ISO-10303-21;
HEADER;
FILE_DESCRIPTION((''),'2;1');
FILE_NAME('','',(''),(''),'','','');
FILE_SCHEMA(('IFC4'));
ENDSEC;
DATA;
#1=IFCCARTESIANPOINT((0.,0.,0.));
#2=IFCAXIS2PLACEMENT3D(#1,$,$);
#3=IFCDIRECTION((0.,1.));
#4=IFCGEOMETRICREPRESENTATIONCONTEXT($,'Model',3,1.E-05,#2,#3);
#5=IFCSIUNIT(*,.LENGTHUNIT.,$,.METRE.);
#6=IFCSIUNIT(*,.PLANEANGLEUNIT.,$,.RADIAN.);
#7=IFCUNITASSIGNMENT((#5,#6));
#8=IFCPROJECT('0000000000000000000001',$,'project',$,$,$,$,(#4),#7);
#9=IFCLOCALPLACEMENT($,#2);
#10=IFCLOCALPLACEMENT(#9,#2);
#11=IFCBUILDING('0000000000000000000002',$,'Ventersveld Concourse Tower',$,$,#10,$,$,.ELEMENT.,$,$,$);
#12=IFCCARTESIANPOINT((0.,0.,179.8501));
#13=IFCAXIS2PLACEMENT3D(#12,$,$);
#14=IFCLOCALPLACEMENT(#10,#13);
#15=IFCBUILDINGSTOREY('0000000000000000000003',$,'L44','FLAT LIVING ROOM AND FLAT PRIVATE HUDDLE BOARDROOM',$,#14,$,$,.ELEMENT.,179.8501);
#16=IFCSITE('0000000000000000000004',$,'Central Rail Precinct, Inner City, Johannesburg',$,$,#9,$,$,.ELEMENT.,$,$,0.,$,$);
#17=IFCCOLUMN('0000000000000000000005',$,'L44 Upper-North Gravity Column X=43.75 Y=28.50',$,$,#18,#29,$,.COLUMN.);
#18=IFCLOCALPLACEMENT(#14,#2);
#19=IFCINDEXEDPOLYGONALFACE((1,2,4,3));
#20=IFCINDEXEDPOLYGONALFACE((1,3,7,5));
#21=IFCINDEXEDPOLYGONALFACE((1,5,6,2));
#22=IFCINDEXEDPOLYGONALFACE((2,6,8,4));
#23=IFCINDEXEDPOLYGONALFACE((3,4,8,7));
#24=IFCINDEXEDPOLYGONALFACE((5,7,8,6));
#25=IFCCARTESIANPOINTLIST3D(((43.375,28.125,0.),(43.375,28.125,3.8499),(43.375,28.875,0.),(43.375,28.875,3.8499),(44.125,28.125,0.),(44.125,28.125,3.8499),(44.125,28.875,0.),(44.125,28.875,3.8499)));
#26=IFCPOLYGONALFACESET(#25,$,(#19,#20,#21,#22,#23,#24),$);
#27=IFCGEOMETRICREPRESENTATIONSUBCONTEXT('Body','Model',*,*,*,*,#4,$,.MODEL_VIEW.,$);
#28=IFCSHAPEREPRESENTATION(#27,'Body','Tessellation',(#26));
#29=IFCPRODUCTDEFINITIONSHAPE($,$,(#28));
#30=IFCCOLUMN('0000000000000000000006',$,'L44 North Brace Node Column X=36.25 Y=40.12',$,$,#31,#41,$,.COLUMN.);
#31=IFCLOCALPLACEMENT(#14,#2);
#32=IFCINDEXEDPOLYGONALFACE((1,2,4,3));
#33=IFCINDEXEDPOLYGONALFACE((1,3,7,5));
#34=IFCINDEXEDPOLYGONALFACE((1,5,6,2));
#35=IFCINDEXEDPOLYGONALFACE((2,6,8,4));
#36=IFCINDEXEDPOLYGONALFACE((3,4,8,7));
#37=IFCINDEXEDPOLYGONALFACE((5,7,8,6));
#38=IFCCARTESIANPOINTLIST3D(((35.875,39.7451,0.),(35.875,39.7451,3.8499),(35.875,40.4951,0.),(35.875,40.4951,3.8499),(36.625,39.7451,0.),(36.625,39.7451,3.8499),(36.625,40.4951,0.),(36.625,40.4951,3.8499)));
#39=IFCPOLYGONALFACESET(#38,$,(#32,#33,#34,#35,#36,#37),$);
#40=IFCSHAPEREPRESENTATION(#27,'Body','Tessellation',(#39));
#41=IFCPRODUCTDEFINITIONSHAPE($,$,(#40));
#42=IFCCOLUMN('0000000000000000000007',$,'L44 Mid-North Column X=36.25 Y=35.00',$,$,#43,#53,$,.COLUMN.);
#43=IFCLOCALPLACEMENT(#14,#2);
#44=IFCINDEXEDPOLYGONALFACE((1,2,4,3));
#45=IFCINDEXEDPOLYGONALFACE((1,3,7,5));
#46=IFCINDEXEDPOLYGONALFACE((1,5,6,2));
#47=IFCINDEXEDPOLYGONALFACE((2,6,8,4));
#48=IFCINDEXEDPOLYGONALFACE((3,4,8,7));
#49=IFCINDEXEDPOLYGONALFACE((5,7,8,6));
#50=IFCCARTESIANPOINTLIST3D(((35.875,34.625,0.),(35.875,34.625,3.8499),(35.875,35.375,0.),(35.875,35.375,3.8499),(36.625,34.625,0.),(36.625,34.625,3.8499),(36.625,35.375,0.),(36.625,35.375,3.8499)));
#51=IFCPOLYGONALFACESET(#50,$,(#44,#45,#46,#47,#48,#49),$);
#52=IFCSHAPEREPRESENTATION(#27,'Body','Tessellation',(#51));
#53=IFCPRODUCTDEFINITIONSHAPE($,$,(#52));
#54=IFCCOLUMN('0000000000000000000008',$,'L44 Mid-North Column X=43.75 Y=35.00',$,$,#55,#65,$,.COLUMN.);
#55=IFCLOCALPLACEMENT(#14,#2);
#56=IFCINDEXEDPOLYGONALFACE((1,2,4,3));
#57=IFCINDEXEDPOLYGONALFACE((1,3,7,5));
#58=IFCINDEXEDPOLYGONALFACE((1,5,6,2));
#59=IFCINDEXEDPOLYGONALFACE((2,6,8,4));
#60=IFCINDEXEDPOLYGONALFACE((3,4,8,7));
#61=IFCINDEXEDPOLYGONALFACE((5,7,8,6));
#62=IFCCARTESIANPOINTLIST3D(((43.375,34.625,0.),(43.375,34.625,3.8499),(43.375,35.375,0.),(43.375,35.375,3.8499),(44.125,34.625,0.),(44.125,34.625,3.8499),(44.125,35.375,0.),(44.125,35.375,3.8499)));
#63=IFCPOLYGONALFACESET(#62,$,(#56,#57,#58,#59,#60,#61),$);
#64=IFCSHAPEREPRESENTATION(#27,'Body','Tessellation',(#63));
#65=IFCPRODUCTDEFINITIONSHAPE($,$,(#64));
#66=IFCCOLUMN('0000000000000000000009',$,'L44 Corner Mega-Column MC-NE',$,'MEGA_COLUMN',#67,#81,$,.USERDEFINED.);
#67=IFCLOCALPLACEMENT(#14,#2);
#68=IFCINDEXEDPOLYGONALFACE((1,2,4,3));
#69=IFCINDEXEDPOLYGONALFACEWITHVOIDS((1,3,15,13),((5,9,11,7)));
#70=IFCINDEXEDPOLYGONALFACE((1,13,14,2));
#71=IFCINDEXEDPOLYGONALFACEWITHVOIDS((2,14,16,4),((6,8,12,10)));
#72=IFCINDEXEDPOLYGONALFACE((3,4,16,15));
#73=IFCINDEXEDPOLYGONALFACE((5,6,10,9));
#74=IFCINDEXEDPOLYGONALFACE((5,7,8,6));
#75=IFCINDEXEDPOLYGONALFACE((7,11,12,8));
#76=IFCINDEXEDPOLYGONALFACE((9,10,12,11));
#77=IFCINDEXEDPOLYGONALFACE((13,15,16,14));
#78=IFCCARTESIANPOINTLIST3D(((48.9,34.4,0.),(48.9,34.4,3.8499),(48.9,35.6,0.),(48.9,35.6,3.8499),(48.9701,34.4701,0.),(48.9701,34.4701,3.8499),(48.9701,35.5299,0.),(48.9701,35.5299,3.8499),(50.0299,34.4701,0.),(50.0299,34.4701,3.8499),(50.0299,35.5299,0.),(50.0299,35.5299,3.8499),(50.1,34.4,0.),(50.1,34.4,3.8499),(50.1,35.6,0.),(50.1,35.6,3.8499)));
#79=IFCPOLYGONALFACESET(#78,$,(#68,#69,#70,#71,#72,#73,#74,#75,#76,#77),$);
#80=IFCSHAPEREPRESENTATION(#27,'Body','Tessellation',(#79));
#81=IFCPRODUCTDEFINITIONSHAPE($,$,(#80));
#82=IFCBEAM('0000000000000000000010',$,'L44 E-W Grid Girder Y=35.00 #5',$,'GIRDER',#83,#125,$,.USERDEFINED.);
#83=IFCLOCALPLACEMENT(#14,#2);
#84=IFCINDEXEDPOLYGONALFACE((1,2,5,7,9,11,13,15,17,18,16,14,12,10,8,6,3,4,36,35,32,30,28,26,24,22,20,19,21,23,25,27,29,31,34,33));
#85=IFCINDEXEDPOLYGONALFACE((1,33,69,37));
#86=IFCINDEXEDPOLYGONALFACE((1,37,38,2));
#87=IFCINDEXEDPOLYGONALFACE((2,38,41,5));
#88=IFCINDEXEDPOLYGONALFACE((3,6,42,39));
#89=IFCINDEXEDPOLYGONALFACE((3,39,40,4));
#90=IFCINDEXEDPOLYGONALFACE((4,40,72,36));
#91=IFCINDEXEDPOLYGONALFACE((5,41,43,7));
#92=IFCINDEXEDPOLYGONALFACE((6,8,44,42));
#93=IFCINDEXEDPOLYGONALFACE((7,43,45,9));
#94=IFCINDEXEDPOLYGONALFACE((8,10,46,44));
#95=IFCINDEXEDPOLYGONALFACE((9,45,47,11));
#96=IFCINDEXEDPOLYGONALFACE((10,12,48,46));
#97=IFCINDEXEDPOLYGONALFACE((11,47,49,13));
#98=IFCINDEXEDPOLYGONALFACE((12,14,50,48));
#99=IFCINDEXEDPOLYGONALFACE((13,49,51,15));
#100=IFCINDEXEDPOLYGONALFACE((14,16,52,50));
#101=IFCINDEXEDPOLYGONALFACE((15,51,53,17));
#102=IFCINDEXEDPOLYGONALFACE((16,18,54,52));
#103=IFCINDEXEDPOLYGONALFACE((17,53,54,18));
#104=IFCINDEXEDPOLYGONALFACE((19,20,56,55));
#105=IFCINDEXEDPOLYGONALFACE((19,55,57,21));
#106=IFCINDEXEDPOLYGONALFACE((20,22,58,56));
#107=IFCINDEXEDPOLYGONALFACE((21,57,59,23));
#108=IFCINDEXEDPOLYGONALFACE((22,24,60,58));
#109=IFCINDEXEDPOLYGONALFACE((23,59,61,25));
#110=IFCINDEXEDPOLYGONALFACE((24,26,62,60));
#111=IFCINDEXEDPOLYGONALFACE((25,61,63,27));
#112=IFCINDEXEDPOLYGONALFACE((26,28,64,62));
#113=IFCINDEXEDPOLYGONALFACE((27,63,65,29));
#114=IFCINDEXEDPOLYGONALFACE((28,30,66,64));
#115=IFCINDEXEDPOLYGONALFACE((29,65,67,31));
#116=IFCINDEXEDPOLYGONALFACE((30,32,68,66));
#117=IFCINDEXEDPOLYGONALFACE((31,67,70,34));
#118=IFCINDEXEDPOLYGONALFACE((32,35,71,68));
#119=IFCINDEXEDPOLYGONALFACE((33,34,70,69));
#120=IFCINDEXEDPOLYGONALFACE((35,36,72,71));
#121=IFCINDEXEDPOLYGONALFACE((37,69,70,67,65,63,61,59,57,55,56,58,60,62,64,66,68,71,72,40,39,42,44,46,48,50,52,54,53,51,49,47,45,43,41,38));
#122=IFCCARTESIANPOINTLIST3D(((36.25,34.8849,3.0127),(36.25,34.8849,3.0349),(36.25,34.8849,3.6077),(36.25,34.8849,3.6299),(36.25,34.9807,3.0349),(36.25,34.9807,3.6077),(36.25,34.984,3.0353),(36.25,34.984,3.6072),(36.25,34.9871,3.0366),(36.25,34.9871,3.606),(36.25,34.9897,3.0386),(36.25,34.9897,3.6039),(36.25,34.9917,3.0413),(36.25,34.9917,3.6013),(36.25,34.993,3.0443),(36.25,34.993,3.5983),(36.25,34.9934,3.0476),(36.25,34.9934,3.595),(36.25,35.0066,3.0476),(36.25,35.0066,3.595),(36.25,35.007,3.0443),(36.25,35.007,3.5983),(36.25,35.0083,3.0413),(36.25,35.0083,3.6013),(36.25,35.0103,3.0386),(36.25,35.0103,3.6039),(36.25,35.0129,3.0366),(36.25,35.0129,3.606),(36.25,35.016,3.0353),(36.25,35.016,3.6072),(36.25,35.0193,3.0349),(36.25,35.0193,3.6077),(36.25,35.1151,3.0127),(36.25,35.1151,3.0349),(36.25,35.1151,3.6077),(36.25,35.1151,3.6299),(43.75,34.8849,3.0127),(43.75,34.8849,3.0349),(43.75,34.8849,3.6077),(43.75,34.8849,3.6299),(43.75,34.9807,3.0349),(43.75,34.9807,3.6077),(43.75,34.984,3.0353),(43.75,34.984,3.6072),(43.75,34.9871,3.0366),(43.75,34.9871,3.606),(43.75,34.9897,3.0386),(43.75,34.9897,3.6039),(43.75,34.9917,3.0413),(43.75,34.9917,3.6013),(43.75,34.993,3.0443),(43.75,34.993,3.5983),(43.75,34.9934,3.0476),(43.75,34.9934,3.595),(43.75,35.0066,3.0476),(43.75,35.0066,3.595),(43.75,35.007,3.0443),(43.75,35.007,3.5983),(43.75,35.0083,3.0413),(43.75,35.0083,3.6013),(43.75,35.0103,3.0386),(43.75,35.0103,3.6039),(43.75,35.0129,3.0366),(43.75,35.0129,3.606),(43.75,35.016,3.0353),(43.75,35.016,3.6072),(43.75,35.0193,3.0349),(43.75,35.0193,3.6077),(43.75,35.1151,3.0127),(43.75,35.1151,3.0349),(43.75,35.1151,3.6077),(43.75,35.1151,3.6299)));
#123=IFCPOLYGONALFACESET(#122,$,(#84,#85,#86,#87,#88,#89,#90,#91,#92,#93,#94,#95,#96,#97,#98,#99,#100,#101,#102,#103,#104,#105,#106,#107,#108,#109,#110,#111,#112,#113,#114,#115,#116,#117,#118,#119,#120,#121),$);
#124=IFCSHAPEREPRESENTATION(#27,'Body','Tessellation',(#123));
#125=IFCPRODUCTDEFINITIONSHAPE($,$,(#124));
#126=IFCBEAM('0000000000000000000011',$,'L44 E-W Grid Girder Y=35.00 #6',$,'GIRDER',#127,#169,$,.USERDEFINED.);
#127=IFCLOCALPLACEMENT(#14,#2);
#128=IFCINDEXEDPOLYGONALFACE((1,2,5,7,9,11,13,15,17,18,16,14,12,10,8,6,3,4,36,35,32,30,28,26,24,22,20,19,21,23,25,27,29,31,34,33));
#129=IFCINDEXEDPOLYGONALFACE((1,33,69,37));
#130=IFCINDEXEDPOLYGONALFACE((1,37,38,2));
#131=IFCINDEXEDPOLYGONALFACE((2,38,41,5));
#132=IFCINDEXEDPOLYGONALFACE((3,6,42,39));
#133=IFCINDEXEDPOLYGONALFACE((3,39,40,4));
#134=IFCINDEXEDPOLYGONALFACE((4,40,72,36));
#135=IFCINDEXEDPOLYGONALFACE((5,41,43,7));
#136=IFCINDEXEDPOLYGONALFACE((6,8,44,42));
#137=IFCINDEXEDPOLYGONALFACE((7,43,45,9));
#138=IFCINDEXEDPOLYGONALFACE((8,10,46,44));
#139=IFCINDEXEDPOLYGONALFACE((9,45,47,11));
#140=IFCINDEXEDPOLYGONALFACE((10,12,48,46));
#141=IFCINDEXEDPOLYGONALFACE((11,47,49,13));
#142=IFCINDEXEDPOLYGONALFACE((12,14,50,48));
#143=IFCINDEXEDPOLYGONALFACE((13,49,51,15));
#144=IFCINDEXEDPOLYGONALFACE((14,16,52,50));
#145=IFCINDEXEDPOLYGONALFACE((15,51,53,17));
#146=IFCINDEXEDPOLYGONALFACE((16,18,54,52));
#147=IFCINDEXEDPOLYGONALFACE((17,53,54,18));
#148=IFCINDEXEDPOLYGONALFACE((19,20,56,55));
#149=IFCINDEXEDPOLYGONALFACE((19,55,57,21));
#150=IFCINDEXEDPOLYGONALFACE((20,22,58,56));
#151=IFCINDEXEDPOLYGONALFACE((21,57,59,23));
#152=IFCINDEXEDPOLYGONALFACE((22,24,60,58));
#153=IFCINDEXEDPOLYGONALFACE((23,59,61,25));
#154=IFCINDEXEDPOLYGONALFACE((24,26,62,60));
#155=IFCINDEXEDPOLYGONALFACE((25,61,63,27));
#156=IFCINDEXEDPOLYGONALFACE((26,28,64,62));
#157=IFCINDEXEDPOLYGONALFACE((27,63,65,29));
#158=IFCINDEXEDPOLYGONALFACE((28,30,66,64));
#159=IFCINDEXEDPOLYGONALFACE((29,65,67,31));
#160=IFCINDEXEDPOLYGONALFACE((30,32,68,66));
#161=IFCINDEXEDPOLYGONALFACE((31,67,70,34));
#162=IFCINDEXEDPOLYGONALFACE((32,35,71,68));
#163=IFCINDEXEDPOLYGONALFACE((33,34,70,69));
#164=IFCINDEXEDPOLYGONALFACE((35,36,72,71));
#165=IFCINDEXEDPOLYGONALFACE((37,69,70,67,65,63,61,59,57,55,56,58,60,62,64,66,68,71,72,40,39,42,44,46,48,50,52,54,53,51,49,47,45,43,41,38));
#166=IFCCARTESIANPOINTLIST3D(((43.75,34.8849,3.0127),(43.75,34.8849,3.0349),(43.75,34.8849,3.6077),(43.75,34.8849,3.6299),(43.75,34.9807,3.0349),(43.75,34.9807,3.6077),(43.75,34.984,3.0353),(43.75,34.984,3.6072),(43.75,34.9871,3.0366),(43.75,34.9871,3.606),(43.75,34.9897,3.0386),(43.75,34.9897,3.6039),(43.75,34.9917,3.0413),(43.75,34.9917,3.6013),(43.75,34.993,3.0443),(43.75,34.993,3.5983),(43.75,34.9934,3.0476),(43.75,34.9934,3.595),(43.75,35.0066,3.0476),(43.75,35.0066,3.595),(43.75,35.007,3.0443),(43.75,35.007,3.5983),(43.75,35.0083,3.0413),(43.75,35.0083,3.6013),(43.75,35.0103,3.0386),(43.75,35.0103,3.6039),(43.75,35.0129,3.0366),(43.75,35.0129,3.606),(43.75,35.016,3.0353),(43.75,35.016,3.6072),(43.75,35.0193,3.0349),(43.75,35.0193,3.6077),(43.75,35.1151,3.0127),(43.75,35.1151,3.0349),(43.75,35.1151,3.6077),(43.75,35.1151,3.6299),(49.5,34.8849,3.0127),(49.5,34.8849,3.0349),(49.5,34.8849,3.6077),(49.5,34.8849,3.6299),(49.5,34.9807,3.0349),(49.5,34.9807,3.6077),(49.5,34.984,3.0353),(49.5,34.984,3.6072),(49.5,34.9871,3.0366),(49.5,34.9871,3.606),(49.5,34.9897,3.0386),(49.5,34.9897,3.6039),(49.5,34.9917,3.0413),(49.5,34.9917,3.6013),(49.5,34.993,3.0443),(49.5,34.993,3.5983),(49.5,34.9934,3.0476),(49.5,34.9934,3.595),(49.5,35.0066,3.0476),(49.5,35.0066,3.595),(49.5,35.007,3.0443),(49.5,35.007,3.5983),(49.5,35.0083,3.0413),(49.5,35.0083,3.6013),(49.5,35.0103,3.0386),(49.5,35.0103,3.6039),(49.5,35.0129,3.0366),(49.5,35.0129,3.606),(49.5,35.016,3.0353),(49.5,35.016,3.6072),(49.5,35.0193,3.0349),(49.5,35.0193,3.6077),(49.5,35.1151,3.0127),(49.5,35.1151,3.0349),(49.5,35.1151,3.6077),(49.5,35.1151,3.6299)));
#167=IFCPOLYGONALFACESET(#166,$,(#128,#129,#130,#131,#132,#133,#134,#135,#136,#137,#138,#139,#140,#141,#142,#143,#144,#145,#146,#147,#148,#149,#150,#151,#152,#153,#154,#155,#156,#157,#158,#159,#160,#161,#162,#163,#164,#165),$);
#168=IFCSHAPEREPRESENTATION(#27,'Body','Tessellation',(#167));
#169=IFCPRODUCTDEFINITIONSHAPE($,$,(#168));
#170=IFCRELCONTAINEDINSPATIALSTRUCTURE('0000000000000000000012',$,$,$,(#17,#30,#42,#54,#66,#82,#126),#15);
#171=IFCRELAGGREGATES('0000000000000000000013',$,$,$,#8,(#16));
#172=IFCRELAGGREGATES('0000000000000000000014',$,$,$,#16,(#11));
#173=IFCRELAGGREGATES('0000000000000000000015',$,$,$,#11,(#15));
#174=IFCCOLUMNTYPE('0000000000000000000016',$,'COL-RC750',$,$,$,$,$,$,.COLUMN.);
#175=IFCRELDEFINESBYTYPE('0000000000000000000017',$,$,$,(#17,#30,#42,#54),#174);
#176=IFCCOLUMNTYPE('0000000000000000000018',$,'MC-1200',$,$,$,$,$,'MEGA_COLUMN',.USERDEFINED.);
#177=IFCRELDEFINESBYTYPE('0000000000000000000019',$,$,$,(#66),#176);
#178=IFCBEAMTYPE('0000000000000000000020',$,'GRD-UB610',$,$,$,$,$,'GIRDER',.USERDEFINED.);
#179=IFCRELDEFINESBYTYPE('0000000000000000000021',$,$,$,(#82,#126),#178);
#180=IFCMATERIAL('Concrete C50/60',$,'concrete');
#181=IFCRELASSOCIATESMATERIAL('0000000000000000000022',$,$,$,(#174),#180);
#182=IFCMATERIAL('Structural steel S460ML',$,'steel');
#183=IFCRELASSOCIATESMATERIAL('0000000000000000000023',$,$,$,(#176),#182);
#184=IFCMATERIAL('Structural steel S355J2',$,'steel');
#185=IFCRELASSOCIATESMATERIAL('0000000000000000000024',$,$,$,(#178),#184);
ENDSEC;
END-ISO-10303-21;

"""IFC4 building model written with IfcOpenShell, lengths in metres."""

from ifc_helpers import new_model, si_unit, direction, frame, origin, origin_2d, place, context, subcontext, project, spatial, rectangle, hollow_rectangle, i_section, extrude, material, material_profile, profile_set, type_object, element, save


model = new_model("IFC4")

# Units and contexts
model_context = context("Model", 3, precision=1e-05, world=origin(), true_north=direction((0.0, 1.0)))
body_context = subcontext(model_context, "Body", "Model", "MODEL_VIEW")
ifc_project = project(units=[si_unit("LENGTHUNIT", "METRE"), si_unit("PLANEANGLEUNIT", "RADIAN")], contexts=[model_context])

# Site, building, storey
site_placement = place(None, origin())
site = spatial("IfcSite", under=ifc_project, at=site_placement, Name="Central Rail Precinct, Inner City, Johannesburg", CompositionType="ELEMENT", RefElevation=0.0)
building_placement = place(site_placement, origin())
building = spatial("IfcBuilding", under=site, at=building_placement, Name="Ventersveld Concourse Tower", CompositionType="ELEMENT")
storey_placement = place(building_placement, frame((0.0, 0.0, 179.8501)))
storey = spatial("IfcBuildingStorey", under=building, at=storey_placement, Name="L44", Description="FLAT LIVING ROOM AND FLAT PRIVATE HUDDLE BOARDROOM", CompositionType="ELEMENT", Elevation=179.8501)

# Columns
ifc_material_1 = material(Name="Concrete C50/60", Category="concrete")
ifc_material_profile_1 = material_profile(ifc_material_1, rectangle(XDim=0.75, YDim=0.75, at=origin_2d()), Name="RC 750x750")
ifc_profile_set_1 = profile_set([ifc_material_profile_1], Name="Concrete C50/60")
column_type_1 = type_object("IfcColumnType", Name="COL-RC750", PredefinedType="COLUMN", material=ifc_profile_set_1)
for number, where, z_axis, x_axis, name in (
    (1, (43.75, 28.5, 0.0), (0.0, 0.0, 1.0), (1.0, 0.0, 0.0), "L44 Upper-North Gravity Column X=43.75 Y=28.50"),
    (2, (36.25, 40.1201, 0.0), (0.0, 0.0, 1.0), (1.0, 0.0, 0.0), "L44 North Brace Node Column X=36.25 Y=40.12"),
    (3, (36.25, 35.0, 0.0), (0.0, 0.0, 1.0), (1.0, 0.0, 0.0), "L44 Mid-North Column X=36.25 Y=35.00"),
    (4, (43.75, 35.0, 0.0), (0.0, 0.0, 1.0), (1.0, 0.0, 0.0), "L44 Mid-North Column X=43.75 Y=35.00"),
):
    element("IfcColumn", number, at=place(storey_placement, frame(where, z_axis=z_axis, x_axis=x_axis)), inside=storey, type_object=column_type_1, Name=name, PredefinedType="COLUMN", context=body_context, shape_type="SweptSolid", body=[
        extrude(rectangle(XDim=0.75, YDim=0.75, at=origin_2d()), origin(), (0.0, 0.0, 1.0), 3.8499),
    ])
ifc_material_2 = material(Name="Structural steel S460ML", Category="steel")
ifc_material_profile_2 = material_profile(ifc_material_2, hollow_rectangle(XDim=1.2, YDim=1.2, WallThickness=0.0701, at=origin_2d()), Name="BOX 1200x1200x70")
ifc_profile_set_2 = profile_set([ifc_material_profile_2], Name="Structural steel S460ML")
column_type_2 = type_object("IfcColumnType", Name="MC-1200", ElementType="MEGA_COLUMN", PredefinedType="USERDEFINED", material=ifc_profile_set_2)
column_placement = place(storey_placement, frame((49.5, 35.0, 0.0), z_axis=(0.0, 0.0, 1.0), x_axis=(1.0, 0.0, 0.0)))
element("IfcColumn", 5, at=column_placement, inside=storey, type_object=column_type_2, Name="L44 Corner Mega-Column MC-NE", ObjectType="MEGA_COLUMN", PredefinedType="USERDEFINED", context=body_context, shape_type="SweptSolid", body=[
    extrude(hollow_rectangle(XDim=1.2, YDim=1.2, WallThickness=0.0701, at=origin_2d()), origin(), (0.0, 0.0, 1.0), 3.8499),
])

# Beams
ifc_material_3 = material(Name="Structural steel S355J2", Category="steel")
ifc_material_profile_3 = material_profile(ifc_material_3, i_section(OverallWidth=0.2302, OverallDepth=0.6172, WebThickness=0.0132, FlangeThickness=0.0222, FilletRadius=0.0127, at=origin_2d()), Name="UB 610x229x140")
ifc_profile_set_3 = profile_set([ifc_material_profile_3], Name="Structural steel S355J2")
beam_type = type_object("IfcBeamType", Name="GRD-UB610", ElementType="GIRDER", PredefinedType="USERDEFINED", material=ifc_profile_set_3)
beam_1_placement = place(storey_placement, frame((36.25, 35.0, 3.3213), z_axis=(1.0, 0.0, 0.0), x_axis=(0.0, 1.0, 0.0)))
element("IfcBeam", 6, at=beam_1_placement, inside=storey, type_object=beam_type, Name="L44 E-W Grid Girder Y=35.00 #5", ObjectType="GIRDER", PredefinedType="USERDEFINED", context=body_context, shape_type="SweptSolid", body=[
    extrude(i_section(OverallWidth=0.2302, OverallDepth=0.6172, WebThickness=0.0132, FlangeThickness=0.0222, FilletRadius=0.0127, at=origin_2d()), origin(), (0.0, 0.0, 1.0), 7.5),
])
beam_2_placement = place(storey_placement, frame((43.75, 35.0, 3.3213), z_axis=(1.0, 0.0, 0.0), x_axis=(0.0, 1.0, 0.0)))
element("IfcBeam", 7, at=beam_2_placement, inside=storey, type_object=beam_type, Name="L44 E-W Grid Girder Y=35.00 #6", ObjectType="GIRDER", PredefinedType="USERDEFINED", context=body_context, shape_type="SweptSolid", body=[
    extrude(i_section(OverallWidth=0.2302, OverallDepth=0.6172, WebThickness=0.0132, FlangeThickness=0.0222, FilletRadius=0.0127, at=origin_2d()), origin(), (0.0, 0.0, 1.0), 5.75),
])

save(model, "model.ifc")
